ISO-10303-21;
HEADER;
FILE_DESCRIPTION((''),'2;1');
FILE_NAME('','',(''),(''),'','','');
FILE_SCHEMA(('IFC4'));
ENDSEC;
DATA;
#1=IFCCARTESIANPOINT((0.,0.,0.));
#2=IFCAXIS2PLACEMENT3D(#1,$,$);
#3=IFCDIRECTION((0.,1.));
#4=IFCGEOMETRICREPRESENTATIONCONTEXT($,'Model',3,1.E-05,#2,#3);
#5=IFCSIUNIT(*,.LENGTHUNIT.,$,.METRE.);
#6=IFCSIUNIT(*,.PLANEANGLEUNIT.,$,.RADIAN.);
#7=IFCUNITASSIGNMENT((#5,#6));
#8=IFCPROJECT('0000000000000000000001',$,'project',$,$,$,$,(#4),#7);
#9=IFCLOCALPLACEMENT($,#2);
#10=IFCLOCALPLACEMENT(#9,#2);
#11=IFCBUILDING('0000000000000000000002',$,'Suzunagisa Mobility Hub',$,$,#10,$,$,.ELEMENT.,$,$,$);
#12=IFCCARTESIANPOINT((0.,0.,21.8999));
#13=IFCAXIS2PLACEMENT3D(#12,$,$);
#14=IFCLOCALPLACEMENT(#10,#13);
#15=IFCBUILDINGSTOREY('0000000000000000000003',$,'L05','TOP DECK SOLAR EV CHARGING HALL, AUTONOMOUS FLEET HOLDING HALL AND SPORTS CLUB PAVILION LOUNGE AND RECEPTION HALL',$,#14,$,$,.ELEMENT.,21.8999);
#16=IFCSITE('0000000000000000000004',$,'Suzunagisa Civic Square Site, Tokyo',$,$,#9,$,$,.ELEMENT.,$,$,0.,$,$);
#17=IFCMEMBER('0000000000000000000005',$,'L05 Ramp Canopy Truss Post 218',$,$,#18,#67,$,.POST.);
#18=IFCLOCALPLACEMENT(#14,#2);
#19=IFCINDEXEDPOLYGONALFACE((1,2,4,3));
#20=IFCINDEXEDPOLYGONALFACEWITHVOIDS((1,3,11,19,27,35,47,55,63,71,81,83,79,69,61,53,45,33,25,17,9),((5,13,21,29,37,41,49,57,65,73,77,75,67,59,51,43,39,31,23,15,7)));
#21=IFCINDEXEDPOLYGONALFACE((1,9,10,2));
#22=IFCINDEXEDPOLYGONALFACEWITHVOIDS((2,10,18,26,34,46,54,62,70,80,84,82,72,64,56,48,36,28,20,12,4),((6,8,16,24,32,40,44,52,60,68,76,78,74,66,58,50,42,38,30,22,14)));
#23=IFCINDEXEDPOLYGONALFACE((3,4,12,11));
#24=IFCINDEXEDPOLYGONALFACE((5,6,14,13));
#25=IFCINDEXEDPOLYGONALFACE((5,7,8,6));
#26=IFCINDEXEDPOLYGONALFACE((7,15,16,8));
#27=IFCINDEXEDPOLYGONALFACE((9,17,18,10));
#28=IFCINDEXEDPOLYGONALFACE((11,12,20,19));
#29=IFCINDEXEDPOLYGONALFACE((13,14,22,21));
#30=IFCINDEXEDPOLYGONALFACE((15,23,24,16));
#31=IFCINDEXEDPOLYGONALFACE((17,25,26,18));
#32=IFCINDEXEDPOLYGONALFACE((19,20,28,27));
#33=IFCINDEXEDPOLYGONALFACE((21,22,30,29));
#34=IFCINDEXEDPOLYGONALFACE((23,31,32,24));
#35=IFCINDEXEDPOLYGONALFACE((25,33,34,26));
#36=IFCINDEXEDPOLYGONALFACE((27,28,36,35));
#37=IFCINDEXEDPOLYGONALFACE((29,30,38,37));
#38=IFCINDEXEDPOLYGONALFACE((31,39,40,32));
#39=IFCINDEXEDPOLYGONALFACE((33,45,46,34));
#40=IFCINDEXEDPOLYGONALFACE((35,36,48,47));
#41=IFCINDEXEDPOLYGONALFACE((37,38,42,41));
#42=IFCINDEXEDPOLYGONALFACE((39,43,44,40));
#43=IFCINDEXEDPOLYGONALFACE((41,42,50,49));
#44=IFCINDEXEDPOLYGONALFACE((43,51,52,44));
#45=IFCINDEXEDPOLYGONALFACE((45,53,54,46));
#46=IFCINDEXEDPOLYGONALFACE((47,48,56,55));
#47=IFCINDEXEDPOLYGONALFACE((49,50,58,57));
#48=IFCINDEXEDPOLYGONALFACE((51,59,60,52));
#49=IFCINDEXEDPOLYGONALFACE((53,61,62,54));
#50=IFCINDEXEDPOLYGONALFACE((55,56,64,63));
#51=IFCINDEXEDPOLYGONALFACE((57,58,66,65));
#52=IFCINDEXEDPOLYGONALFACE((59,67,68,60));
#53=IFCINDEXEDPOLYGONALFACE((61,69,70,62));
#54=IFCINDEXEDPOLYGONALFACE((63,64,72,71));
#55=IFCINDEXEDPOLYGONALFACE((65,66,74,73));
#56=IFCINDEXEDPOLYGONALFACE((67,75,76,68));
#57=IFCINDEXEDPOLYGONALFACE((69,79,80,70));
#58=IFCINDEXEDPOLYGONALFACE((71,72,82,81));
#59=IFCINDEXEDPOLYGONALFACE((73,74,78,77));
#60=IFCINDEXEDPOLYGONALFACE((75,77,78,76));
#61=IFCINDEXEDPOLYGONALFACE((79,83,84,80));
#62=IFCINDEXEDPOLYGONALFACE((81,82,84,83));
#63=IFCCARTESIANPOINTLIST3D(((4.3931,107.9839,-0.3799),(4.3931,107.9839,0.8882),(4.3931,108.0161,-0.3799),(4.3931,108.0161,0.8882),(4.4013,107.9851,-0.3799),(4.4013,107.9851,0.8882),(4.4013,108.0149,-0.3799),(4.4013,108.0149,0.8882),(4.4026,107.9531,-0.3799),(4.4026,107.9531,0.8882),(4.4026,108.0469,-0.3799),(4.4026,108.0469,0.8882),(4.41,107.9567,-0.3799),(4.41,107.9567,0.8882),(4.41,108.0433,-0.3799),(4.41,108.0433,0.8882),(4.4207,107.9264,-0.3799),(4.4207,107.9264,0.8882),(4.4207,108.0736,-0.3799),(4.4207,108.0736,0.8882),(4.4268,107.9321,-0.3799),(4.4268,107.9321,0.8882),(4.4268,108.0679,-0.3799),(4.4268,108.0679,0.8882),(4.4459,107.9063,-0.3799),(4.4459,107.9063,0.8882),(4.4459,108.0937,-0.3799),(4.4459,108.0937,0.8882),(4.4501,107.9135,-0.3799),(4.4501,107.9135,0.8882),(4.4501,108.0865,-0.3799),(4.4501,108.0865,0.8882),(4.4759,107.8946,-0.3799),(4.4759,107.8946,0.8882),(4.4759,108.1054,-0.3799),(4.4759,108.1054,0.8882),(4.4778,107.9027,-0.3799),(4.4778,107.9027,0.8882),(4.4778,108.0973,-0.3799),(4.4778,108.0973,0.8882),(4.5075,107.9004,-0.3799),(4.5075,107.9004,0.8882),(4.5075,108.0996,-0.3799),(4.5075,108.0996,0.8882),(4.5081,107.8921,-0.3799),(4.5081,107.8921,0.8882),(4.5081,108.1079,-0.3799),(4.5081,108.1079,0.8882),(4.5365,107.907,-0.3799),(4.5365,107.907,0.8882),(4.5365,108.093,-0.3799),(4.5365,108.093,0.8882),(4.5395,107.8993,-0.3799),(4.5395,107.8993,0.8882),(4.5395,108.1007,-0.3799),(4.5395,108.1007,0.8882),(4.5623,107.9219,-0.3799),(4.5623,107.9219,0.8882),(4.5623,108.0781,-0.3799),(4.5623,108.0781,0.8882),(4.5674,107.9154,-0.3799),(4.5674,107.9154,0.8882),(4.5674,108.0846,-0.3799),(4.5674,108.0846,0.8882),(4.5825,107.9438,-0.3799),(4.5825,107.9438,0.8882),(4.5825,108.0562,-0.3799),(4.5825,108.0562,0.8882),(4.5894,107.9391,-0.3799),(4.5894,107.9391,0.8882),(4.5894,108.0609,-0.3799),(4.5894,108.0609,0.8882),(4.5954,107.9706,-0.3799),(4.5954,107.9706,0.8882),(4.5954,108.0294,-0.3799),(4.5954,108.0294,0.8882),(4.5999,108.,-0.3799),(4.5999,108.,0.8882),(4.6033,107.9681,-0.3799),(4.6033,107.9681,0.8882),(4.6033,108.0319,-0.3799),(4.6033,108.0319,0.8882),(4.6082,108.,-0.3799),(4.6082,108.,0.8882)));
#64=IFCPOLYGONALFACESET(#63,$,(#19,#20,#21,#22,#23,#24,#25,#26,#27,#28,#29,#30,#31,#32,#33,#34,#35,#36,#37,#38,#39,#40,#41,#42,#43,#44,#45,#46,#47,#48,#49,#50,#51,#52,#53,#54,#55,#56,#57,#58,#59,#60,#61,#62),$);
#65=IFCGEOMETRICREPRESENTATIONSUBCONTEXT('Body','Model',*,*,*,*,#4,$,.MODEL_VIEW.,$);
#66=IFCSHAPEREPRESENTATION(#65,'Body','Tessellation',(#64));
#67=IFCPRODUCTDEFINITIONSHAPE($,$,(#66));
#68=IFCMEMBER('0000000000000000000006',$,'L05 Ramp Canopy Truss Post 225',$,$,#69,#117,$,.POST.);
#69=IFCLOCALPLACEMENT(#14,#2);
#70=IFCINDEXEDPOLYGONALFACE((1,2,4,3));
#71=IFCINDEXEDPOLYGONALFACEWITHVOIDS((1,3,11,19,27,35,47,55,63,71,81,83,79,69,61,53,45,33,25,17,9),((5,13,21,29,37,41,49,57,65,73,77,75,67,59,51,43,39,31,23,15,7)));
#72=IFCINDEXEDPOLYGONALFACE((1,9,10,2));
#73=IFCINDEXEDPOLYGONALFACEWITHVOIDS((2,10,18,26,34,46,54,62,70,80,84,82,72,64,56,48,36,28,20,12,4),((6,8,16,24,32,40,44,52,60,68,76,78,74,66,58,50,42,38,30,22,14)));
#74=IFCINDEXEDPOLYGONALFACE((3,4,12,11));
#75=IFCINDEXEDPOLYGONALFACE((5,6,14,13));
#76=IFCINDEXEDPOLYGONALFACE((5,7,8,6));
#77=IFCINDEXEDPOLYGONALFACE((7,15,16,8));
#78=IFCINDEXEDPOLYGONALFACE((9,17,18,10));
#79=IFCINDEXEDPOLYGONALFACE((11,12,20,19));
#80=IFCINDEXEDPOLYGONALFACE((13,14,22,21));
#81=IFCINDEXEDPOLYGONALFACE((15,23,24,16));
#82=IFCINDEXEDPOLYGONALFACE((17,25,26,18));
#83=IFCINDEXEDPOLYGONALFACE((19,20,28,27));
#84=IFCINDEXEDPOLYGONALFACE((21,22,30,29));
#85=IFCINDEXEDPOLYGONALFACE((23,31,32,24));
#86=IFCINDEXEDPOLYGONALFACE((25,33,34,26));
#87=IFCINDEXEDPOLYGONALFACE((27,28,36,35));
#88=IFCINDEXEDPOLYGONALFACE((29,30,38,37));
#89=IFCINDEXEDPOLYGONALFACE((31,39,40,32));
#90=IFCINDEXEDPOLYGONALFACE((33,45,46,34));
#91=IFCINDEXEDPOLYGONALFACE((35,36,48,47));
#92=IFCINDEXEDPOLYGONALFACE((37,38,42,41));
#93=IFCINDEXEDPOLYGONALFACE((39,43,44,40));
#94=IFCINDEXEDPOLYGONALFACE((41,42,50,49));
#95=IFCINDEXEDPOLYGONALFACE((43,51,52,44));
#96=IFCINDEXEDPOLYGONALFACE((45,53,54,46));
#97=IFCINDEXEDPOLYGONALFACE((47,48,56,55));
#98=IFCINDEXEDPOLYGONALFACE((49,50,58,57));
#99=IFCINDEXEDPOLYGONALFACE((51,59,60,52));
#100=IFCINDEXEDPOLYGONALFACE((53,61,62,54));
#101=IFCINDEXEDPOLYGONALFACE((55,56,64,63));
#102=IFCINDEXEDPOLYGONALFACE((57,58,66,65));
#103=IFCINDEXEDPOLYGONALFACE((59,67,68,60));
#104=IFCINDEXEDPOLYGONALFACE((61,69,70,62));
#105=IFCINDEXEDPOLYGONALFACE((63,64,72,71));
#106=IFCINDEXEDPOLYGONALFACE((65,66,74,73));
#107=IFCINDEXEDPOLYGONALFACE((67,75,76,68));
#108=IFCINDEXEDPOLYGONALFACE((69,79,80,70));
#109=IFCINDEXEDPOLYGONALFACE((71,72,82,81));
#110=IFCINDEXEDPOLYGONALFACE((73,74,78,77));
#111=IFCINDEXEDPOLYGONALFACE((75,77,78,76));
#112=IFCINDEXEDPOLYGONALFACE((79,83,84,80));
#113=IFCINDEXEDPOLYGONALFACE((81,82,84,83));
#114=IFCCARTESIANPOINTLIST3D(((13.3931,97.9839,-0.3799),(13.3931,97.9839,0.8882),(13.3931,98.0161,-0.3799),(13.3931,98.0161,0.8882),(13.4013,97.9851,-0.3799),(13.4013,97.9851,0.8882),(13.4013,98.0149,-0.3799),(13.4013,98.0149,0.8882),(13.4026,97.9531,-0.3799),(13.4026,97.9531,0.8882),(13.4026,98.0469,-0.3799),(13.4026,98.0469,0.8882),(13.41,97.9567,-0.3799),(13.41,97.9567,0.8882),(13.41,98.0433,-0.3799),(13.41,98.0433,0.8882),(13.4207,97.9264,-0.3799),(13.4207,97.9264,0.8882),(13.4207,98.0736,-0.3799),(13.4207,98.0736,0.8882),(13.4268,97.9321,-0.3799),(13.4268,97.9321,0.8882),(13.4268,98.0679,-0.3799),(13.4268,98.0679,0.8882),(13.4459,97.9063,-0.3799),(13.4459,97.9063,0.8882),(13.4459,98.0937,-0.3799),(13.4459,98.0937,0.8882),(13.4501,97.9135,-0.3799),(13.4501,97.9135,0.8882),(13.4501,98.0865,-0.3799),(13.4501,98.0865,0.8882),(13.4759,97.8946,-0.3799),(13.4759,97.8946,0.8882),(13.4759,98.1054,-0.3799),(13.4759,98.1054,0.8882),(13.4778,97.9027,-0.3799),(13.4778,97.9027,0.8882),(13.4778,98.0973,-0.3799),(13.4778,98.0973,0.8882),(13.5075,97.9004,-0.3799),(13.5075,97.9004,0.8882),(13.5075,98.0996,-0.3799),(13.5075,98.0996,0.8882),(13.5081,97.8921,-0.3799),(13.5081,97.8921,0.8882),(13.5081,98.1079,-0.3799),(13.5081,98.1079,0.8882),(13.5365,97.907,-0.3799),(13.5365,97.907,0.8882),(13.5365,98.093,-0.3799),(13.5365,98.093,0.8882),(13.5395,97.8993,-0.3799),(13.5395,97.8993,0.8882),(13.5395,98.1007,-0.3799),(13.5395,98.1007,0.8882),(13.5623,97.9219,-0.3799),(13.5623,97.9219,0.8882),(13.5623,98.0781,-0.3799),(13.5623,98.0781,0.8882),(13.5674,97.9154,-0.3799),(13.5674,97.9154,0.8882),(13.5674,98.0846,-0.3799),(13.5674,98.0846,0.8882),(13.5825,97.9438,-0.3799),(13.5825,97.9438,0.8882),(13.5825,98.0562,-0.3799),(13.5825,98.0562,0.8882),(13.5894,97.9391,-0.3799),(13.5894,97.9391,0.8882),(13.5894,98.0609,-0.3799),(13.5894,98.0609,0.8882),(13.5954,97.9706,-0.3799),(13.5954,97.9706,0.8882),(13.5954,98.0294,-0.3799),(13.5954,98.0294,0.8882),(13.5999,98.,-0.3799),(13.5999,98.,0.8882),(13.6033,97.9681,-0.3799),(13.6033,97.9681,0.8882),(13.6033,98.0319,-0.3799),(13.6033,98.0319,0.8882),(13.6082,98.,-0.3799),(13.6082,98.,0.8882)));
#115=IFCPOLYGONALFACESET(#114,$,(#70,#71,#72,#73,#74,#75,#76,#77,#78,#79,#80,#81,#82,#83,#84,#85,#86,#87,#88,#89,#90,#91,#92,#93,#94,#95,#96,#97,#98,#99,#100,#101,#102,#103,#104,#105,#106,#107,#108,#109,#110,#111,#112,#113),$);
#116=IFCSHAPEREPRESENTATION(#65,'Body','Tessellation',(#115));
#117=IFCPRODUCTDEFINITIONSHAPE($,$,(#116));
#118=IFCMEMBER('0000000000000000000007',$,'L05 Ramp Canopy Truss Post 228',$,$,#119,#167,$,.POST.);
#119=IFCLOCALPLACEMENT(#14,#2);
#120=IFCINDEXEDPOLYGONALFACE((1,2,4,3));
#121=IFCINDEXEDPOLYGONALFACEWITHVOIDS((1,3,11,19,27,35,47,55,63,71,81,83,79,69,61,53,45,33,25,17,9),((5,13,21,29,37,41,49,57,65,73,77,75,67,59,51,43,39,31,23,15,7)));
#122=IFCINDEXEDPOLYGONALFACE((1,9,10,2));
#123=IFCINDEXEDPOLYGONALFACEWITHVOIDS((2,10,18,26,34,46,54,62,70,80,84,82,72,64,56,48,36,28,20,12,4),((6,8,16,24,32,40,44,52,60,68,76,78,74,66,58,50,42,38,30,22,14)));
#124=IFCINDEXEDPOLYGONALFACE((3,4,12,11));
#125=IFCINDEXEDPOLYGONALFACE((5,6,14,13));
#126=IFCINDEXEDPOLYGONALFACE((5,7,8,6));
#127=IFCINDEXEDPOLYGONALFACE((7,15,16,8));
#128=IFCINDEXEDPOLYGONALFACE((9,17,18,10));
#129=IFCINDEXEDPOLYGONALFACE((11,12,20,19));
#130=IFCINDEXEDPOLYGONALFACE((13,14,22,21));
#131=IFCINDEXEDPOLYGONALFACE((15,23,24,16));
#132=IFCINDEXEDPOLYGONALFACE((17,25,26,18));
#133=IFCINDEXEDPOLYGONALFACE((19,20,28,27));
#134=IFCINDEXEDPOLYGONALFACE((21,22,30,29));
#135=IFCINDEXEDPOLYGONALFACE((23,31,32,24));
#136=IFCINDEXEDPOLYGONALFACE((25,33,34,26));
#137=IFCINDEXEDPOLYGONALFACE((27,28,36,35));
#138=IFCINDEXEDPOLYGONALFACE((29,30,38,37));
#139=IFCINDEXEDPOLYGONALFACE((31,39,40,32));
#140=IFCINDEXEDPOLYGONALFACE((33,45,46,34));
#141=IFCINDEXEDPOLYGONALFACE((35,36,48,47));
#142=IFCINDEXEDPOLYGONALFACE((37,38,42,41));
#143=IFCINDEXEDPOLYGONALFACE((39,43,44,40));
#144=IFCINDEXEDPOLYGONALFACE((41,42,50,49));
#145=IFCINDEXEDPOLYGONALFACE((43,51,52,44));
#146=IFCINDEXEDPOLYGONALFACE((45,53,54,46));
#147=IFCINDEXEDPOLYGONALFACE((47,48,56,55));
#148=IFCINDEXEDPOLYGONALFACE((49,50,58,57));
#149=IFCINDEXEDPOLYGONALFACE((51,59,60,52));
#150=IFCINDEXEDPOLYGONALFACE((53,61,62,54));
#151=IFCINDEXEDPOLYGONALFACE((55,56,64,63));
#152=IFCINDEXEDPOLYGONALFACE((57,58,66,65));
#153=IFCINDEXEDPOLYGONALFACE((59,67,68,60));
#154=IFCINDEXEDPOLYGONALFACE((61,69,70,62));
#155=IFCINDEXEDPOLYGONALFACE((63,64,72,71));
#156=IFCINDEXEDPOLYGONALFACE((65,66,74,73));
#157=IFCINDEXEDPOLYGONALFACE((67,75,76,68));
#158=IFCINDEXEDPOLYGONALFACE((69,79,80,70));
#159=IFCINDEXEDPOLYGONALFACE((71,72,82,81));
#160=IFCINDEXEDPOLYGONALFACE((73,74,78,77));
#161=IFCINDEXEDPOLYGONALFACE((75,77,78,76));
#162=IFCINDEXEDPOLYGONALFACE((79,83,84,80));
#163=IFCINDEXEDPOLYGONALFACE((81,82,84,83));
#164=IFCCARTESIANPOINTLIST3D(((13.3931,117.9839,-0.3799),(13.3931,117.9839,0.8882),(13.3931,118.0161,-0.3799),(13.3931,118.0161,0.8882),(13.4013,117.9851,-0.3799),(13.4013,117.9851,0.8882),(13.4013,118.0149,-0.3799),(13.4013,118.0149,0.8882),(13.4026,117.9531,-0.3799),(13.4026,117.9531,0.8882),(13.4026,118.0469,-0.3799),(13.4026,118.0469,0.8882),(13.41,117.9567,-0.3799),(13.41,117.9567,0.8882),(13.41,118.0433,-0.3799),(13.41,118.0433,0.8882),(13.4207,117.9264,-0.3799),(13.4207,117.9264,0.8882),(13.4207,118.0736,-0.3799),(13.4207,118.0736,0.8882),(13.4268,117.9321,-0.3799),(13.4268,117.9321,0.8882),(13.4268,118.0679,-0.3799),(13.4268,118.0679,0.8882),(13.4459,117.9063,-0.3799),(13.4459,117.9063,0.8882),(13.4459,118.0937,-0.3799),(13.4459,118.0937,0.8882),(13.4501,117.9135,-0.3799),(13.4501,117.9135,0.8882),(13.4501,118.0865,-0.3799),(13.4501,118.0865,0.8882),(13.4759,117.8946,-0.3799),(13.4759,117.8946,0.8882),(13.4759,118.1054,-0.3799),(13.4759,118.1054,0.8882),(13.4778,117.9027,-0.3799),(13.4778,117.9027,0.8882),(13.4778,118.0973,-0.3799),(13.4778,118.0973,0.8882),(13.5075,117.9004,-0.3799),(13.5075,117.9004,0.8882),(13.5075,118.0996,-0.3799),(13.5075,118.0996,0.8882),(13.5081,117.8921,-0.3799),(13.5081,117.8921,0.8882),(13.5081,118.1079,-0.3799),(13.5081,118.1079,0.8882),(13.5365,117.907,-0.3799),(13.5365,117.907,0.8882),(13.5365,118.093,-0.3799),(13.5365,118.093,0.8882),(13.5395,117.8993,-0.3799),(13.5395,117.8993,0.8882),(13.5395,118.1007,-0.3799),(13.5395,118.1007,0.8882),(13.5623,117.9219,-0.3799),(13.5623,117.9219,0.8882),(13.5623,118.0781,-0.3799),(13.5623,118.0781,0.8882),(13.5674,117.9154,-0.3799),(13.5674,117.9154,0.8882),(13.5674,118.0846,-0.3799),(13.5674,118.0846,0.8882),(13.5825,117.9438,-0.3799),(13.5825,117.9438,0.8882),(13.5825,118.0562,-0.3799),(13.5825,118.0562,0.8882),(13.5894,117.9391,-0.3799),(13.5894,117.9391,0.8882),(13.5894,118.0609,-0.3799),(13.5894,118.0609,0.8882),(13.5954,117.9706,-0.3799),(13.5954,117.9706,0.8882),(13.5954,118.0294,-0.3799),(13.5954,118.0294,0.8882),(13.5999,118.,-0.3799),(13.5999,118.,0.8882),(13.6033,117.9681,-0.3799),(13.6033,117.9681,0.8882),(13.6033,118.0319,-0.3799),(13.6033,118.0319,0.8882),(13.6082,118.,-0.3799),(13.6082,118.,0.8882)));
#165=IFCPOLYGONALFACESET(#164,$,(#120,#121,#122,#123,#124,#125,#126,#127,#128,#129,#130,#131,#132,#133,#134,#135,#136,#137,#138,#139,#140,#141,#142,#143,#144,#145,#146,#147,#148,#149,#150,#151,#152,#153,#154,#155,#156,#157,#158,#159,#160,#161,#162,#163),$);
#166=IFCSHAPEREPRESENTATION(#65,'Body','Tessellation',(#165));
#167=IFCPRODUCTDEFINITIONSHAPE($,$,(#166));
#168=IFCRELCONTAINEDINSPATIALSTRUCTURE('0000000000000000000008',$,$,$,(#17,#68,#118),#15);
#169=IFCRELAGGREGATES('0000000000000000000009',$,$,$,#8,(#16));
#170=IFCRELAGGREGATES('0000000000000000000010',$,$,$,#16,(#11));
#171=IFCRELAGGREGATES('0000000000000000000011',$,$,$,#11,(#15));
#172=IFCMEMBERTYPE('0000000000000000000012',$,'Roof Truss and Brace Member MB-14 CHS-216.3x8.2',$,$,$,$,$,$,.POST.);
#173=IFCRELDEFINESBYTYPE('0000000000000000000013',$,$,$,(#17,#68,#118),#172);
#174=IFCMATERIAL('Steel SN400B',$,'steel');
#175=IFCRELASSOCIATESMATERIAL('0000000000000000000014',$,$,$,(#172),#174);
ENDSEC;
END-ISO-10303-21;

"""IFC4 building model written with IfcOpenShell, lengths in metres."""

from ifc_helpers import new_model, si_unit, direction, frame, origin, origin_2d, place, context, subcontext, project, spatial, hollow_circle, extrude, material, material_profile, profile_set, type_object, element, save


model = new_model("IFC4")

# Units and contexts
model_context = context("Model", 3, precision=1e-05, world=origin(), true_north=direction((0.0, 1.0)))
body_context = subcontext(model_context, "Body", "Model", "MODEL_VIEW")
ifc_project = project(units=[si_unit("LENGTHUNIT", "METRE"), si_unit("PLANEANGLEUNIT", "RADIAN")], contexts=[model_context])

# Site, building, storey
site_placement = place(None, origin())
site = spatial("IfcSite", under=ifc_project, at=site_placement, Name="Suzunagisa Civic Square Site, Tokyo", CompositionType="ELEMENT", RefElevation=0.0)
building_placement = place(site_placement, origin())
building = spatial("IfcBuilding", under=site, at=building_placement, Name="Suzunagisa Mobility Hub", CompositionType="ELEMENT")
storey_placement = place(building_placement, frame((0.0, 0.0, 21.8999)))
storey = spatial("IfcBuildingStorey", under=building, at=storey_placement, Name="L05", Description="TOP DECK SOLAR EV CHARGING HALL, AUTONOMOUS FLEET HOLDING HALL AND SPORTS CLUB PAVILION LOUNGE AND RECEPTION HALL", CompositionType="ELEMENT", Elevation=21.8999)

# Members
ifc_material_1 = material(Name="Steel SN400B", Category="steel")
ifc_material_profile_1 = material_profile(ifc_material_1, hollow_circle(Radius=0.1082, WallThickness=0.0083, at=origin_2d()), Name="CHS-216.3x8.2")
ifc_profile_set_1 = profile_set([ifc_material_profile_1], Name="Steel SN400B")
member_type_1 = type_object("IfcMemberType", Name="Roof Truss and Brace Member MB-14 CHS-216.3x8.2", PredefinedType="POST", material=ifc_profile_set_1)
for number, where, z_axis, x_axis, name in (
    (1, (4.5, 108.0, -0.3799), (0.0, 0.0, 1.0), (1.0, 0.0, 0.0), "L05 Ramp Canopy Truss Post 218"),
    (2, (13.5, 98.0, -0.3799), (0.0, 0.0, 1.0), (1.0, 0.0, 0.0), "L05 Ramp Canopy Truss Post 225"),
    (3, (13.5, 118.0, -0.3799), (0.0, 0.0, 1.0), (1.0, 0.0, 0.0), "L05 Ramp Canopy Truss Post 228"),
):
    element("IfcMember", number, at=place(storey_placement, frame(where, z_axis=z_axis, x_axis=x_axis)), inside=storey, type_object=member_type_1, Name=name, PredefinedType="POST", context=body_context, shape_type="SweptSolid", body=[
        extrude(hollow_circle(Radius=0.1082, WallThickness=0.0083, at=origin_2d()), origin(), (0.0, 0.0, 1.0), 1.2681),
    ])

save(model, "model.ifc")
